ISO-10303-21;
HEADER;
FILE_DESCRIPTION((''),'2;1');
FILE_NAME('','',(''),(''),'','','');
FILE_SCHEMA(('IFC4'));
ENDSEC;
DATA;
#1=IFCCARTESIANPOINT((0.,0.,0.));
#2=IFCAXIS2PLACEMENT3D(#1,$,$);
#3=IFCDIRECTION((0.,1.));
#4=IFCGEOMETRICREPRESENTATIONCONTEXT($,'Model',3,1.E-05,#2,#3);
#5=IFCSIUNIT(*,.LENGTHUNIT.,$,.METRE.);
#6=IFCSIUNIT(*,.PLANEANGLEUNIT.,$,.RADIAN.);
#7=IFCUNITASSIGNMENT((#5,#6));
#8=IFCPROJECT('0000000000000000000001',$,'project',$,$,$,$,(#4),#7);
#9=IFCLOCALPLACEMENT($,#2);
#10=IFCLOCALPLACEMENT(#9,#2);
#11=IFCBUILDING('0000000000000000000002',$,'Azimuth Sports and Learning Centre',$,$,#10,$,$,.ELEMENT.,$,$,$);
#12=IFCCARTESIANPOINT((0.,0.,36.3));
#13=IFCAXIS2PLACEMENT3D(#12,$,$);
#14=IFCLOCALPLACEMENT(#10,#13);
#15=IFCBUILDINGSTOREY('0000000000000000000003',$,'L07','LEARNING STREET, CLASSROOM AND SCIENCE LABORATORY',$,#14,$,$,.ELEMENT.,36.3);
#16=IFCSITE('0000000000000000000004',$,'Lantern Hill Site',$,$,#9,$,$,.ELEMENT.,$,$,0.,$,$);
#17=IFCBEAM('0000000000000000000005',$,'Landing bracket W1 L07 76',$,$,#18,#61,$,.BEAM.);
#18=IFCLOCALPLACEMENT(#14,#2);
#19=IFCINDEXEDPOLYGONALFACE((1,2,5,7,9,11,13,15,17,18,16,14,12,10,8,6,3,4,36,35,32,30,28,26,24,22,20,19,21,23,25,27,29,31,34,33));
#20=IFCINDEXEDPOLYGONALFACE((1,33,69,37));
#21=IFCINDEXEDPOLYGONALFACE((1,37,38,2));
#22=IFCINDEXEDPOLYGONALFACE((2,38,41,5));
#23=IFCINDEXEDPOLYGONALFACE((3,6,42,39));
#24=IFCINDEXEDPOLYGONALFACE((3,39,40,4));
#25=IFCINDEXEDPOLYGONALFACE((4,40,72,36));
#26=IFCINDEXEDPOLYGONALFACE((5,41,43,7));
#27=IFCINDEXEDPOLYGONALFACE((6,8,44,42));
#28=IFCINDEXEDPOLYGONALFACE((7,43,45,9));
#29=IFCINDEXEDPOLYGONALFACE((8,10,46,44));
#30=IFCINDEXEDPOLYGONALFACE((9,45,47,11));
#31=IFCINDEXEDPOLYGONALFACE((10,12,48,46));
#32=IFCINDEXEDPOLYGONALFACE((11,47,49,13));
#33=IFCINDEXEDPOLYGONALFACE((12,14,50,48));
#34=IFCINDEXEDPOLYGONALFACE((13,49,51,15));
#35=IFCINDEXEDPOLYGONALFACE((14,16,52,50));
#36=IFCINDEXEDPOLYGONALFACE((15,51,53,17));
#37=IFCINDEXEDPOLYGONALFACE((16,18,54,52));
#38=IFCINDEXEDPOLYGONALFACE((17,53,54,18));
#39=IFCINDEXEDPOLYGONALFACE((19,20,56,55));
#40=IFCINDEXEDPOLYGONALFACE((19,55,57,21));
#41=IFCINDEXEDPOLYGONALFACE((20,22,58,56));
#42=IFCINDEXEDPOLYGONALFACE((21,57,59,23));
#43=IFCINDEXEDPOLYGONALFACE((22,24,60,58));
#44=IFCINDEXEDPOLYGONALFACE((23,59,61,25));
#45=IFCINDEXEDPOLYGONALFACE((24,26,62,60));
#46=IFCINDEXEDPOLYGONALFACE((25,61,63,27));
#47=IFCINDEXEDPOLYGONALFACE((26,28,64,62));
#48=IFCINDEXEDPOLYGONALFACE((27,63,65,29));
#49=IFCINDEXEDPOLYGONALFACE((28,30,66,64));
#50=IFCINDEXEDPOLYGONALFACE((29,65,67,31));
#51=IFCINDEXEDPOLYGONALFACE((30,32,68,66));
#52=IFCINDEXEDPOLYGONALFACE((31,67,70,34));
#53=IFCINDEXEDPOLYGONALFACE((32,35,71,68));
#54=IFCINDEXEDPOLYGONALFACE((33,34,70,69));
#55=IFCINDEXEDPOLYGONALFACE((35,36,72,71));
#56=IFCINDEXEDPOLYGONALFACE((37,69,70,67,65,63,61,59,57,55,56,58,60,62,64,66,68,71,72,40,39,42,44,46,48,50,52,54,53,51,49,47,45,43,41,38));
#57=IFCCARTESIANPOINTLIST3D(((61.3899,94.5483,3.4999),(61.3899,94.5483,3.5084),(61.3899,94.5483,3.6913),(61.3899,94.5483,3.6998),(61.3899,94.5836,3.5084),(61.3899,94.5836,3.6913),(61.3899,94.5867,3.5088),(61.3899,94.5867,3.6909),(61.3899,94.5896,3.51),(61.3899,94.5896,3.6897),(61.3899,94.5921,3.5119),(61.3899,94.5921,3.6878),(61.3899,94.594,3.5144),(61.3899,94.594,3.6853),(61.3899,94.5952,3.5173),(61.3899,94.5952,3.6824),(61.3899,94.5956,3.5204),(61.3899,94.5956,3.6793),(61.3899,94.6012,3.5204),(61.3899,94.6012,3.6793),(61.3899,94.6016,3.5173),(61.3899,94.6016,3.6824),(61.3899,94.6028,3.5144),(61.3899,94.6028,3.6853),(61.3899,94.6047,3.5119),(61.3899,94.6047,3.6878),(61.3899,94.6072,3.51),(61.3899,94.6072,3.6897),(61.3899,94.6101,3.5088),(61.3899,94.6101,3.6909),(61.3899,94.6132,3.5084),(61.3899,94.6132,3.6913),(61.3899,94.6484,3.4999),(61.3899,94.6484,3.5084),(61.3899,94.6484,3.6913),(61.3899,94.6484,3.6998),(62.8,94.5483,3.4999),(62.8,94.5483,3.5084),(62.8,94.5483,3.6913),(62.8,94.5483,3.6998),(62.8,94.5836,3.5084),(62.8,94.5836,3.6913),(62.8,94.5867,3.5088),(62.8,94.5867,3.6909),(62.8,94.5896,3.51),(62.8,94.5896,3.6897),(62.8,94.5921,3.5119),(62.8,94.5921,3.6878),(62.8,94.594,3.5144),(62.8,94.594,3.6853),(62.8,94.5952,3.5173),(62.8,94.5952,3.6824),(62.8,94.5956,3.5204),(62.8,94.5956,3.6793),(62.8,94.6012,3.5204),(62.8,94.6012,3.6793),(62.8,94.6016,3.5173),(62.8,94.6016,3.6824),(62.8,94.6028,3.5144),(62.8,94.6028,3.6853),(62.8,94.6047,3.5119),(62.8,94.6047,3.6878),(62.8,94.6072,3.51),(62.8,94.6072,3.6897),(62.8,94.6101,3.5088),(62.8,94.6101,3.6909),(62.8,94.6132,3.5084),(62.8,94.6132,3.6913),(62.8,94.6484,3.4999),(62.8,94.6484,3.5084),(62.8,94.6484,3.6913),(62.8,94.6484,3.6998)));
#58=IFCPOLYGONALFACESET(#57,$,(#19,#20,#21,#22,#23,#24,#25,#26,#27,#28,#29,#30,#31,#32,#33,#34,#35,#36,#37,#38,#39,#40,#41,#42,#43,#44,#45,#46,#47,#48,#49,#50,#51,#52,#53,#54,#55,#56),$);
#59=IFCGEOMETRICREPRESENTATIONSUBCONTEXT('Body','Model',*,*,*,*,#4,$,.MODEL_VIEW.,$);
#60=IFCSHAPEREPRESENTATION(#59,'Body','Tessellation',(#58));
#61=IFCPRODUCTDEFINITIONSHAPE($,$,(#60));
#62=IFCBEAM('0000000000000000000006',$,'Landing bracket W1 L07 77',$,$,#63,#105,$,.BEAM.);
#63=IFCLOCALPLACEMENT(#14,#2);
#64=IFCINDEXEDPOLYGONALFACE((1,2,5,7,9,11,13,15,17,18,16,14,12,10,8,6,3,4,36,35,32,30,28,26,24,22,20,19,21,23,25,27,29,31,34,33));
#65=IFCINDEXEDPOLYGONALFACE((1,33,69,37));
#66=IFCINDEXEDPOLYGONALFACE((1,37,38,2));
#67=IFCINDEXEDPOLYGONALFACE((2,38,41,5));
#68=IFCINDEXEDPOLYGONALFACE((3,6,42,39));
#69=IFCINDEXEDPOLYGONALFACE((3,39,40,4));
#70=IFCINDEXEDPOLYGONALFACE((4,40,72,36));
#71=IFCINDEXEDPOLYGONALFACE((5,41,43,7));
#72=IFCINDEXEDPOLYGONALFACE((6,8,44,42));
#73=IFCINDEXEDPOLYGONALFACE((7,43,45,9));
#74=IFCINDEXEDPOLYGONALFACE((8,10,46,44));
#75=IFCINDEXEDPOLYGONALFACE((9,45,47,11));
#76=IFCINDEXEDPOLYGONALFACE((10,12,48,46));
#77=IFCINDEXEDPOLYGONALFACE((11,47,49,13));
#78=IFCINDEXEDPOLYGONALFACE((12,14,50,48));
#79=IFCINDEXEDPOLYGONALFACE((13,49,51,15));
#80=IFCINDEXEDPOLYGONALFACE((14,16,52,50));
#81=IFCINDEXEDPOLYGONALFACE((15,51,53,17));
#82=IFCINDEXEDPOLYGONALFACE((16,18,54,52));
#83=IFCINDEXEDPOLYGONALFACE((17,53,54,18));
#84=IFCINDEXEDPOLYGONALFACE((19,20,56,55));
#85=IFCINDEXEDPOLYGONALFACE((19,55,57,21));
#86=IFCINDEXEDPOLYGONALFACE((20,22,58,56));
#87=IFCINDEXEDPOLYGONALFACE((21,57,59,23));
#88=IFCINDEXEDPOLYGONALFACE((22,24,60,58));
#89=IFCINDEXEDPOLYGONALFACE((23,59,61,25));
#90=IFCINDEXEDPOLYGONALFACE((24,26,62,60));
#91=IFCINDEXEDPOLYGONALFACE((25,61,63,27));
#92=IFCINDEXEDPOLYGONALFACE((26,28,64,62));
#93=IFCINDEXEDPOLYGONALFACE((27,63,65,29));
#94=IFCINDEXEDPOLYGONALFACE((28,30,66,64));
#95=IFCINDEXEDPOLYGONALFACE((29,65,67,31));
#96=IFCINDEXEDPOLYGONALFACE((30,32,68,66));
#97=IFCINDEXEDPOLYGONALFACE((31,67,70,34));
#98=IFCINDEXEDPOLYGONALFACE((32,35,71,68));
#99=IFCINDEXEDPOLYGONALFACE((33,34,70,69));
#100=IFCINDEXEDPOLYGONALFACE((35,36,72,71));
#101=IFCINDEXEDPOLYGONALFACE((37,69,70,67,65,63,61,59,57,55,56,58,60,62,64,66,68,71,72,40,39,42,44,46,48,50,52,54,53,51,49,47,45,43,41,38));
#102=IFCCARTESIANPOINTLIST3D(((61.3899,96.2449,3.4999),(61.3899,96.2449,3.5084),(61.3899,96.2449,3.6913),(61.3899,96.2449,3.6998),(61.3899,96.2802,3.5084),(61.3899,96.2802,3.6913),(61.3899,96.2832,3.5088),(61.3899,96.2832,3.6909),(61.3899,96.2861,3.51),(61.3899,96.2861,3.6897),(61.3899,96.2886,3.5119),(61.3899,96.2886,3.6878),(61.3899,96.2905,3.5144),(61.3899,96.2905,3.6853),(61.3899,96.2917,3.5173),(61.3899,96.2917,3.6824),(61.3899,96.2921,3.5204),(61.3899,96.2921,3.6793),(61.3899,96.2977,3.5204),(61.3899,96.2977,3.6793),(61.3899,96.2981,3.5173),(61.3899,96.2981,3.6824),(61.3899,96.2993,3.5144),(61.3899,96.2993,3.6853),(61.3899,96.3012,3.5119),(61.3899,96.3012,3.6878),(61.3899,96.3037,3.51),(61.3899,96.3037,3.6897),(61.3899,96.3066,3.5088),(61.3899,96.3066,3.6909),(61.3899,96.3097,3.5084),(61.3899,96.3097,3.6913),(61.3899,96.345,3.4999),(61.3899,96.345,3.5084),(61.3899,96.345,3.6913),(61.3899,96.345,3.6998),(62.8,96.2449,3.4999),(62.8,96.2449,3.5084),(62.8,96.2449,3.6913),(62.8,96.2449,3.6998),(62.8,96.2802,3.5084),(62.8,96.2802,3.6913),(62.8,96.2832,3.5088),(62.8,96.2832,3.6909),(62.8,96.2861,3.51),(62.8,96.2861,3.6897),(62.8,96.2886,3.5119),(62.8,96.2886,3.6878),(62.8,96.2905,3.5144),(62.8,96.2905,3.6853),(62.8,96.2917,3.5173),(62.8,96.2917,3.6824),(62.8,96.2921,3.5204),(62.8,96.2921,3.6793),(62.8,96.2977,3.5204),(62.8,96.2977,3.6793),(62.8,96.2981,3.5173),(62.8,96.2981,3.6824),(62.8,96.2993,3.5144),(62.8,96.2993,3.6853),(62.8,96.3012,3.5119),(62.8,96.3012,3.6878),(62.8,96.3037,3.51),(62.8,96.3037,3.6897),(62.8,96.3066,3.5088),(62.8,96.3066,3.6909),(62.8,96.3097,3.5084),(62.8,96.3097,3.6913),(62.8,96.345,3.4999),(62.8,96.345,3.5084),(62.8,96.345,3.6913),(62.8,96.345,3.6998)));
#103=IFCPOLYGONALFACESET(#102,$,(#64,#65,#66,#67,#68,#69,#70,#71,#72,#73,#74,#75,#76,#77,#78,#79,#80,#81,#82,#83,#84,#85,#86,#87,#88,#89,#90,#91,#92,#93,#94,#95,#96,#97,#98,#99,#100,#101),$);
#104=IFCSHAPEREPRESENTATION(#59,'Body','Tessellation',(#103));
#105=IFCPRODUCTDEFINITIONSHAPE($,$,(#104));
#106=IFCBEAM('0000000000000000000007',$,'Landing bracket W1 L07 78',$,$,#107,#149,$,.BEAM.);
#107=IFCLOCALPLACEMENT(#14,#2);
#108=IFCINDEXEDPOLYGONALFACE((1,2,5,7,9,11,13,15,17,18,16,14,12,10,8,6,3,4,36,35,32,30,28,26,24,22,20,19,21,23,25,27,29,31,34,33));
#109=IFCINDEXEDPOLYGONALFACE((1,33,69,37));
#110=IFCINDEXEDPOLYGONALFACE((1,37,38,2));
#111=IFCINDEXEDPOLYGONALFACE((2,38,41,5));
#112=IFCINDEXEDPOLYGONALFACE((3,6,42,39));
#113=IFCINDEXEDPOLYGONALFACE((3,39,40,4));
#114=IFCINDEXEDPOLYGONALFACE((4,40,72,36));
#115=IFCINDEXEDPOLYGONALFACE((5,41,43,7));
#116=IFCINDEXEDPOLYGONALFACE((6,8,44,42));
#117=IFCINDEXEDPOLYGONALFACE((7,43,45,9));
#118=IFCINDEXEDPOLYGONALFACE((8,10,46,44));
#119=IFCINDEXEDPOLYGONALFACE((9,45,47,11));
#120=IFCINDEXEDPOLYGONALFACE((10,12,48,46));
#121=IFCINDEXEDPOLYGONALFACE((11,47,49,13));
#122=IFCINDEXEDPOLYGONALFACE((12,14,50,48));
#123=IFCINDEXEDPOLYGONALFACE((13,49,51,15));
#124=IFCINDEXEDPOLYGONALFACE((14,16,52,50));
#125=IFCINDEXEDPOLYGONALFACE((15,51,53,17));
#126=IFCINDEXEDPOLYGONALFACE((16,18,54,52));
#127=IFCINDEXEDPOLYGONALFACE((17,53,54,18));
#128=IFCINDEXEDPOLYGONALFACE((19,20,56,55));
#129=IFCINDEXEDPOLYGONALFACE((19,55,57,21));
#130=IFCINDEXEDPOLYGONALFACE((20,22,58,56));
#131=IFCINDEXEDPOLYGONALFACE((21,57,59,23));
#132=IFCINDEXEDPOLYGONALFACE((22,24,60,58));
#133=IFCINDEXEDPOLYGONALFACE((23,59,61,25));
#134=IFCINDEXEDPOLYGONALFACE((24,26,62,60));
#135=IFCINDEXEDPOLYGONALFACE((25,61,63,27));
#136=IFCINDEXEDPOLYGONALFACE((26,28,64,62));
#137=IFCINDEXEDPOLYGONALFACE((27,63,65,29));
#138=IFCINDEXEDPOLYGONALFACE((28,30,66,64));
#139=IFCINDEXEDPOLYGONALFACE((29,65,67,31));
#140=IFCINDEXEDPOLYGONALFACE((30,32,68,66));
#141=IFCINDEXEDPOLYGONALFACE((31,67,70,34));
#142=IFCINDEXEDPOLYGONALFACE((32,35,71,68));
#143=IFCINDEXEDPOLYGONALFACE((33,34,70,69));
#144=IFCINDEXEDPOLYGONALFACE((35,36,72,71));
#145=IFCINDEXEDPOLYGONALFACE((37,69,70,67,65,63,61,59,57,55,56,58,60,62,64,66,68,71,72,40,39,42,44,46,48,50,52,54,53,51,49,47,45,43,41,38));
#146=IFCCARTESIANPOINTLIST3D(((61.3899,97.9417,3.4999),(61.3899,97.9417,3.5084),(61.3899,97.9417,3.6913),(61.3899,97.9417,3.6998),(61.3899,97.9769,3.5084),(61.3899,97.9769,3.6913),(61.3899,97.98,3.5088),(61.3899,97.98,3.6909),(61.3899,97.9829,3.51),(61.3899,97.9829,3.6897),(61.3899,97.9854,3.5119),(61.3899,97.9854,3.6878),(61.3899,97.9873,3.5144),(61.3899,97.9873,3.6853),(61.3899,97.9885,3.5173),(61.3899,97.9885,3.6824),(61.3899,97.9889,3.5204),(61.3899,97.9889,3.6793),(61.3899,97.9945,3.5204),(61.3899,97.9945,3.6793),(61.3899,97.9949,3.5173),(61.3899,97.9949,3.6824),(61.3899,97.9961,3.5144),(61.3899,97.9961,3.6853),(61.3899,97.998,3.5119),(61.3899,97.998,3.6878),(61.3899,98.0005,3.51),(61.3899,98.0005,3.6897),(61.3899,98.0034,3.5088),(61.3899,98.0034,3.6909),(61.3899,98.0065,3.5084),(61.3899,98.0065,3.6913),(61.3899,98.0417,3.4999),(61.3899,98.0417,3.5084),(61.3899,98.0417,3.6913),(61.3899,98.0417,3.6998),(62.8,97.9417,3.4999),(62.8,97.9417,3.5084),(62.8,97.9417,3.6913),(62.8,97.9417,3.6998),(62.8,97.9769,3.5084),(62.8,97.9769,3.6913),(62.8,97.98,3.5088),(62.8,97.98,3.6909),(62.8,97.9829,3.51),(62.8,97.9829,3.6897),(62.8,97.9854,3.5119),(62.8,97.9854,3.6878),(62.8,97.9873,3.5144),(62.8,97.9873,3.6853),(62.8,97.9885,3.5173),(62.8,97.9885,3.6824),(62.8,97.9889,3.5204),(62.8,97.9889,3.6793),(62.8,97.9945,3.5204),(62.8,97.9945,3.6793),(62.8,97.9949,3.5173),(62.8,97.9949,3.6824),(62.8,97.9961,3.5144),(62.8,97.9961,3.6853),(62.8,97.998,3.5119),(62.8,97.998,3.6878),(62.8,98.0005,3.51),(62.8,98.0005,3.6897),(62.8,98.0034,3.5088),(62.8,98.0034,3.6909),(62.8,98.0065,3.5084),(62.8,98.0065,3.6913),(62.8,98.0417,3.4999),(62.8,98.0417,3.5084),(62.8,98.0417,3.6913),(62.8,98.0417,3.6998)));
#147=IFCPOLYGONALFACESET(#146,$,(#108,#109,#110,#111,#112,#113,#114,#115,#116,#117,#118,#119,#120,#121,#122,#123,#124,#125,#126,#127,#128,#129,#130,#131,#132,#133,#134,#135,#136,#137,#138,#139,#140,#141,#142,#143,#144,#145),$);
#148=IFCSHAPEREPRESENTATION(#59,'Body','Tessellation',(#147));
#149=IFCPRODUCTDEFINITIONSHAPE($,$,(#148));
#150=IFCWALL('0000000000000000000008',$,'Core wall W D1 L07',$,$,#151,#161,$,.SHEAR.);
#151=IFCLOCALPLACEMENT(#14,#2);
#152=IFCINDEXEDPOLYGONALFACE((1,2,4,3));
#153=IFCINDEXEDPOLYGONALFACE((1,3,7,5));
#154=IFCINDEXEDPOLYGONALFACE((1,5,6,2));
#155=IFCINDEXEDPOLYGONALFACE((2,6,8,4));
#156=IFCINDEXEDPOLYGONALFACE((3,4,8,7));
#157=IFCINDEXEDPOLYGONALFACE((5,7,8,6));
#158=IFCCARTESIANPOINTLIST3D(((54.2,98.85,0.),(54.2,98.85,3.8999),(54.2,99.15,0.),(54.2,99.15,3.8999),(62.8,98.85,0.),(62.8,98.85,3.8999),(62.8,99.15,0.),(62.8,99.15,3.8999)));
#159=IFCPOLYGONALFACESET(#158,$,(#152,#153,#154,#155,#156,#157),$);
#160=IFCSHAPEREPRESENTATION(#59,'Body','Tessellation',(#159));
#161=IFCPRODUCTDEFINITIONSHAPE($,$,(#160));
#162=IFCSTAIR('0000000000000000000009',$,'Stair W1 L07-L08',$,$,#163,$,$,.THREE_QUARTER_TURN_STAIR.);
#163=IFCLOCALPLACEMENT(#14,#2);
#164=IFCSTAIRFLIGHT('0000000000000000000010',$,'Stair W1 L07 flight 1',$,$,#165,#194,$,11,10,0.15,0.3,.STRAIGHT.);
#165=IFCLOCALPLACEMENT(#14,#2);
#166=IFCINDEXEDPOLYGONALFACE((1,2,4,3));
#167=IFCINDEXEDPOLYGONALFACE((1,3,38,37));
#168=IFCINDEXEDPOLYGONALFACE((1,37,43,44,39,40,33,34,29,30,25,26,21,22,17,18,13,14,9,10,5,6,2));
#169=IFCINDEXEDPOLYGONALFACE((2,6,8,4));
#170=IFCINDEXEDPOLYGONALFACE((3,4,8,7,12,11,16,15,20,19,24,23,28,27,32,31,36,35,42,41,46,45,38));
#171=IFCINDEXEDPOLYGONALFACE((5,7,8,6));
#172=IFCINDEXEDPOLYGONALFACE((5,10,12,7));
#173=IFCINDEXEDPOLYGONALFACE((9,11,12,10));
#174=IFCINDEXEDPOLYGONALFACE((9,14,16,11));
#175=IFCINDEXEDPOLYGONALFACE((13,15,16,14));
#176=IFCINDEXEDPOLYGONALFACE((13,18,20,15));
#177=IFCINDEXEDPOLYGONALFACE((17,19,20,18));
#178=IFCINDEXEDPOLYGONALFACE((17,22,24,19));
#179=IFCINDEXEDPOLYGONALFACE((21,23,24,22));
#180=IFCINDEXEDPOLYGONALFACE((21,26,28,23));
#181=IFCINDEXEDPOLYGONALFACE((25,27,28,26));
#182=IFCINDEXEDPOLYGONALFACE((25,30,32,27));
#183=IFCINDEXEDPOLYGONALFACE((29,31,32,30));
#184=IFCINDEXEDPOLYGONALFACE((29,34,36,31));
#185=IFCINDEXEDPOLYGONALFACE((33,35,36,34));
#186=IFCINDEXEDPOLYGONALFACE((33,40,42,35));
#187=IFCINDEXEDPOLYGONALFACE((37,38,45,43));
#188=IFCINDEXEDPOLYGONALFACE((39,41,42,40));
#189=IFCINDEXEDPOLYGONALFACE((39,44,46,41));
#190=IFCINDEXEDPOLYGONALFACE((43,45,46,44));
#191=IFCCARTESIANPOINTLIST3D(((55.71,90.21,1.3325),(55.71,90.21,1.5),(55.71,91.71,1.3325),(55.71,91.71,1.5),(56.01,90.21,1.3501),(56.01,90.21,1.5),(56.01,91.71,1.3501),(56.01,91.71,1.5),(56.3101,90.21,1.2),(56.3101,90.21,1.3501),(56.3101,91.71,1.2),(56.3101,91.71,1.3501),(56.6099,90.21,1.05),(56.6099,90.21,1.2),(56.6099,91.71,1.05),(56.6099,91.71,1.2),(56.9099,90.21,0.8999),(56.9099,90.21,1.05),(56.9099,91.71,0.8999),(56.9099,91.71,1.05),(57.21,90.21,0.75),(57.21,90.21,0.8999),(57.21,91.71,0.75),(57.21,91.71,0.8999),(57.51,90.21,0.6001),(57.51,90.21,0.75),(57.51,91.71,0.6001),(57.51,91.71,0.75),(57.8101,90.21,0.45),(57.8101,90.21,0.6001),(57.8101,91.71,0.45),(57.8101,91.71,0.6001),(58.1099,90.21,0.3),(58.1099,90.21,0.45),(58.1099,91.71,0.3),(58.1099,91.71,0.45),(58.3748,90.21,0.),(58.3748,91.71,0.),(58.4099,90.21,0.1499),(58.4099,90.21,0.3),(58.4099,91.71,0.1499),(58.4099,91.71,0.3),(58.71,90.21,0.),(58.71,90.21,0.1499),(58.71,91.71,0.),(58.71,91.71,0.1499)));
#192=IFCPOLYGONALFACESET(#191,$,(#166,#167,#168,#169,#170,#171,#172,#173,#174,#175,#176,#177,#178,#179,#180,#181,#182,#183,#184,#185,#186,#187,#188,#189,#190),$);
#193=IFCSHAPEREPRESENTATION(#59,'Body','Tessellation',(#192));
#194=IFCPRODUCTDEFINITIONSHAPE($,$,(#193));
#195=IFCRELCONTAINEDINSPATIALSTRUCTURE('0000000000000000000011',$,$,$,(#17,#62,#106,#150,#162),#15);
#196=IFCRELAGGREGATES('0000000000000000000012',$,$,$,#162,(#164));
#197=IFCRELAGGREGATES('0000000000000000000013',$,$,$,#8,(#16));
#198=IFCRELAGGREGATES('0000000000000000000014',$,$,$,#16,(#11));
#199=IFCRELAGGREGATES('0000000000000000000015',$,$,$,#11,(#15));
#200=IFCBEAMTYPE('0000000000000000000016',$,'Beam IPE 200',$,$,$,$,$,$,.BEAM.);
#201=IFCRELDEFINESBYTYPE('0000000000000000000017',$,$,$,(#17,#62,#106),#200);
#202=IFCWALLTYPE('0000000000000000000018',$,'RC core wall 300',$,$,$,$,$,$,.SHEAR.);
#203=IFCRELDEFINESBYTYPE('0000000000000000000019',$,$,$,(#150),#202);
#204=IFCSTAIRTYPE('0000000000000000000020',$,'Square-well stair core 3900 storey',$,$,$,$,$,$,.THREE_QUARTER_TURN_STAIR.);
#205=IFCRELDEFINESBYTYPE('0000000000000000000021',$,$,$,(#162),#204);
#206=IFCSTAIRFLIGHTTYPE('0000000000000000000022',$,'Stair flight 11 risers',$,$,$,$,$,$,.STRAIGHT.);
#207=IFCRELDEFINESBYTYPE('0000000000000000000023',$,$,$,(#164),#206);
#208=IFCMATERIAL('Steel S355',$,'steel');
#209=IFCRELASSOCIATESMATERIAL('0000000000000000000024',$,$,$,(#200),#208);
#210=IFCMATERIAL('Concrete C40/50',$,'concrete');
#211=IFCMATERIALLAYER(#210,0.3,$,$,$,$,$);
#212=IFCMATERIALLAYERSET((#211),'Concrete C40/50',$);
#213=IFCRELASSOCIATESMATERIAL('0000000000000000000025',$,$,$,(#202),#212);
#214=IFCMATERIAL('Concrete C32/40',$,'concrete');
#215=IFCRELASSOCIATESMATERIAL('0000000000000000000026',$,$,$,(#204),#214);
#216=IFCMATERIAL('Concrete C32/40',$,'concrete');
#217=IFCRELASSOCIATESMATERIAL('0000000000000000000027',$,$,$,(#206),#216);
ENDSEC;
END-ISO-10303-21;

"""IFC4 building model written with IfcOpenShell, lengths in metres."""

from ifc_helpers import new_model, si_unit, direction, frame, frame_2d, origin, origin_2d, place, context, subcontext, project, spatial, polyline, rectangle, i_section, outline, extrude, material, layer, layer_set, material_profile, profile_set, type_object, element, aggregate, save


model = new_model("IFC4")

# Units and contexts
model_context = context("Model", 3, precision=1e-05, world=origin(), true_north=direction((0.0, 1.0)))
body_context = subcontext(model_context, "Body", "Model", "MODEL_VIEW")
ifc_project = project(units=[si_unit("LENGTHUNIT", "METRE"), si_unit("PLANEANGLEUNIT", "RADIAN")], contexts=[model_context])

# Site, building, storey
site_placement = place(None, origin())
site = spatial("IfcSite", under=ifc_project, at=site_placement, Name="Lantern Hill Site", CompositionType="ELEMENT", RefElevation=0.0)
building_placement = place(site_placement, origin())
building = spatial("IfcBuilding", under=site, at=building_placement, Name="Azimuth Sports and Learning Centre", CompositionType="ELEMENT")
storey_placement = place(building_placement, frame((0.0, 0.0, 36.3)))
storey = spatial("IfcBuildingStorey", under=building, at=storey_placement, Name="L07", Description="LEARNING STREET, CLASSROOM AND SCIENCE LABORATORY", CompositionType="ELEMENT", Elevation=36.3)

# Beams
ifc_material_1 = material(Name="Steel S355", Category="steel")
ifc_material_profile = material_profile(ifc_material_1, i_section(OverallWidth=0.1001, OverallDepth=0.2, WebThickness=0.0056, FlangeThickness=0.0085, FilletRadius=0.012, at=origin_2d()), Name="IPE 200")
ifc_profile_set = profile_set([ifc_material_profile], Name="Steel S355")
beam_type = type_object("IfcBeamType", Name="Beam IPE 200", PredefinedType="BEAM", material=ifc_profile_set)
for number, where, z_axis, x_axis, name in (
    (1, (62.8, 94.5984, 3.5999), (-1.0, 0.0, 0.0), (0.0, -1.0, 0.0), "Landing bracket W1 L07 76"),
    (2, (62.8, 96.2949, 3.5999), (-1.0, 0.0, 0.0), (0.0, -1.0, 0.0), "Landing bracket W1 L07 77"),
    (3, (62.8, 97.9917, 3.5999), (-1.0, 0.0, 0.0), (0.0, -1.0, 0.0), "Landing bracket W1 L07 78"),
):
    element("IfcBeam", number, at=place(storey_placement, frame(where, z_axis=z_axis, x_axis=x_axis)), inside=storey, type_object=beam_type, Name=name, PredefinedType="BEAM", context=body_context, shape_type="SweptSolid", body=[
        extrude(i_section(OverallWidth=0.1001, OverallDepth=0.2, WebThickness=0.0056, FlangeThickness=0.0085, FilletRadius=0.012, at=origin_2d()), origin(), (0.0, 0.0, 1.0), 1.4102),
    ])

# Wall
ifc_material_2 = material(Name="Concrete C40/50", Category="concrete")
ifc_layer_1 = layer(ifc_material_2, 0.3)
ifc_layer_set_1 = layer_set([ifc_layer_1], Name="Concrete C40/50")
wall_type = type_object("IfcWallType", Name="RC core wall 300", PredefinedType="SHEAR", material=ifc_layer_set_1)
wall_placement = place(storey_placement, frame((54.2, 99.0, 0.0), z_axis=(0.0, 0.0, 1.0), x_axis=(1.0, 0.0, 0.0)))
element("IfcWall", 4, at=wall_placement, inside=storey, type_object=wall_type, Name="Core wall W D1 L07", PredefinedType="SHEAR", context=body_context, shape_type="SweptSolid", body=[
    extrude(rectangle(XDim=8.6001, YDim=0.3, at=frame_2d((4.3, 0.0))), origin(), (0.0, 0.0, 1.0), 3.8999),
])

# Stair, stair flight
ifc_material_3 = material(Name="Concrete C32/40", Category="concrete")
stair_type = type_object("IfcStairType", Name="Square-well stair core 3900 storey", PredefinedType="THREE_QUARTER_TURN_STAIR", material=ifc_material_3)
stair_placement = place(storey_placement, origin())
stair = element("IfcStair", 5, at=stair_placement, inside=storey, type_object=stair_type, Name="Stair W1 L07-L08", PredefinedType="THREE_QUARTER_TURN_STAIR")
ifc_material_4 = material(Name="Concrete C32/40", Category="concrete")
stair_flight_type_1 = type_object("IfcStairFlightType", Name="Stair flight 11 risers", PredefinedType="STRAIGHT", material=ifc_material_4)
stair_flight_1_placement = place(storey_placement, frame((58.71, 90.96, 0.0), z_axis=(0.0, 0.0, 1.0), x_axis=(-1.0, 0.0, 0.0)))
stair_flight_1 = element("IfcStairFlight", 6, at=stair_flight_1_placement, type_object=stair_flight_type_1, Name="Stair W1 L07 flight 1", NumberOfRisers=11, NumberOfTreads=10, PredefinedType="STRAIGHT", RiserHeight=0.15, TreadLength=0.3, context=body_context, shape_type="SweptSolid", body=[
    extrude(outline(polyline([(0.0, 0.0), (0.0, 0.1499), (0.3, 0.1499), (0.3, 0.3), (0.6001, 0.3), (0.6001, 0.45), (0.8999, 0.45), (0.8999, 0.6001), (1.2, 0.6001), (1.2, 0.75), (1.5, 0.75), (1.5, 0.8999), (1.8, 0.8999), (1.8, 1.05), (2.1001, 1.05), (2.1001, 1.2), (2.3999, 1.2), (2.3999, 1.3501), (2.7, 1.3501), (2.7, 1.5), (3.0, 1.5), (3.0, 1.6499), (3.0, 1.3325), (0.3352, 0.0), (0.0, 0.0)])), frame((0.0, 0.75, 0.0), z_axis=(0.0, -1.0, 0.0), x_axis=(1.0, 0.0, 0.0)), (0.0, 0.0, 1.0), 1.5),
])
aggregate(stair, [stair_flight_1])

save(model, "model.ifc")
